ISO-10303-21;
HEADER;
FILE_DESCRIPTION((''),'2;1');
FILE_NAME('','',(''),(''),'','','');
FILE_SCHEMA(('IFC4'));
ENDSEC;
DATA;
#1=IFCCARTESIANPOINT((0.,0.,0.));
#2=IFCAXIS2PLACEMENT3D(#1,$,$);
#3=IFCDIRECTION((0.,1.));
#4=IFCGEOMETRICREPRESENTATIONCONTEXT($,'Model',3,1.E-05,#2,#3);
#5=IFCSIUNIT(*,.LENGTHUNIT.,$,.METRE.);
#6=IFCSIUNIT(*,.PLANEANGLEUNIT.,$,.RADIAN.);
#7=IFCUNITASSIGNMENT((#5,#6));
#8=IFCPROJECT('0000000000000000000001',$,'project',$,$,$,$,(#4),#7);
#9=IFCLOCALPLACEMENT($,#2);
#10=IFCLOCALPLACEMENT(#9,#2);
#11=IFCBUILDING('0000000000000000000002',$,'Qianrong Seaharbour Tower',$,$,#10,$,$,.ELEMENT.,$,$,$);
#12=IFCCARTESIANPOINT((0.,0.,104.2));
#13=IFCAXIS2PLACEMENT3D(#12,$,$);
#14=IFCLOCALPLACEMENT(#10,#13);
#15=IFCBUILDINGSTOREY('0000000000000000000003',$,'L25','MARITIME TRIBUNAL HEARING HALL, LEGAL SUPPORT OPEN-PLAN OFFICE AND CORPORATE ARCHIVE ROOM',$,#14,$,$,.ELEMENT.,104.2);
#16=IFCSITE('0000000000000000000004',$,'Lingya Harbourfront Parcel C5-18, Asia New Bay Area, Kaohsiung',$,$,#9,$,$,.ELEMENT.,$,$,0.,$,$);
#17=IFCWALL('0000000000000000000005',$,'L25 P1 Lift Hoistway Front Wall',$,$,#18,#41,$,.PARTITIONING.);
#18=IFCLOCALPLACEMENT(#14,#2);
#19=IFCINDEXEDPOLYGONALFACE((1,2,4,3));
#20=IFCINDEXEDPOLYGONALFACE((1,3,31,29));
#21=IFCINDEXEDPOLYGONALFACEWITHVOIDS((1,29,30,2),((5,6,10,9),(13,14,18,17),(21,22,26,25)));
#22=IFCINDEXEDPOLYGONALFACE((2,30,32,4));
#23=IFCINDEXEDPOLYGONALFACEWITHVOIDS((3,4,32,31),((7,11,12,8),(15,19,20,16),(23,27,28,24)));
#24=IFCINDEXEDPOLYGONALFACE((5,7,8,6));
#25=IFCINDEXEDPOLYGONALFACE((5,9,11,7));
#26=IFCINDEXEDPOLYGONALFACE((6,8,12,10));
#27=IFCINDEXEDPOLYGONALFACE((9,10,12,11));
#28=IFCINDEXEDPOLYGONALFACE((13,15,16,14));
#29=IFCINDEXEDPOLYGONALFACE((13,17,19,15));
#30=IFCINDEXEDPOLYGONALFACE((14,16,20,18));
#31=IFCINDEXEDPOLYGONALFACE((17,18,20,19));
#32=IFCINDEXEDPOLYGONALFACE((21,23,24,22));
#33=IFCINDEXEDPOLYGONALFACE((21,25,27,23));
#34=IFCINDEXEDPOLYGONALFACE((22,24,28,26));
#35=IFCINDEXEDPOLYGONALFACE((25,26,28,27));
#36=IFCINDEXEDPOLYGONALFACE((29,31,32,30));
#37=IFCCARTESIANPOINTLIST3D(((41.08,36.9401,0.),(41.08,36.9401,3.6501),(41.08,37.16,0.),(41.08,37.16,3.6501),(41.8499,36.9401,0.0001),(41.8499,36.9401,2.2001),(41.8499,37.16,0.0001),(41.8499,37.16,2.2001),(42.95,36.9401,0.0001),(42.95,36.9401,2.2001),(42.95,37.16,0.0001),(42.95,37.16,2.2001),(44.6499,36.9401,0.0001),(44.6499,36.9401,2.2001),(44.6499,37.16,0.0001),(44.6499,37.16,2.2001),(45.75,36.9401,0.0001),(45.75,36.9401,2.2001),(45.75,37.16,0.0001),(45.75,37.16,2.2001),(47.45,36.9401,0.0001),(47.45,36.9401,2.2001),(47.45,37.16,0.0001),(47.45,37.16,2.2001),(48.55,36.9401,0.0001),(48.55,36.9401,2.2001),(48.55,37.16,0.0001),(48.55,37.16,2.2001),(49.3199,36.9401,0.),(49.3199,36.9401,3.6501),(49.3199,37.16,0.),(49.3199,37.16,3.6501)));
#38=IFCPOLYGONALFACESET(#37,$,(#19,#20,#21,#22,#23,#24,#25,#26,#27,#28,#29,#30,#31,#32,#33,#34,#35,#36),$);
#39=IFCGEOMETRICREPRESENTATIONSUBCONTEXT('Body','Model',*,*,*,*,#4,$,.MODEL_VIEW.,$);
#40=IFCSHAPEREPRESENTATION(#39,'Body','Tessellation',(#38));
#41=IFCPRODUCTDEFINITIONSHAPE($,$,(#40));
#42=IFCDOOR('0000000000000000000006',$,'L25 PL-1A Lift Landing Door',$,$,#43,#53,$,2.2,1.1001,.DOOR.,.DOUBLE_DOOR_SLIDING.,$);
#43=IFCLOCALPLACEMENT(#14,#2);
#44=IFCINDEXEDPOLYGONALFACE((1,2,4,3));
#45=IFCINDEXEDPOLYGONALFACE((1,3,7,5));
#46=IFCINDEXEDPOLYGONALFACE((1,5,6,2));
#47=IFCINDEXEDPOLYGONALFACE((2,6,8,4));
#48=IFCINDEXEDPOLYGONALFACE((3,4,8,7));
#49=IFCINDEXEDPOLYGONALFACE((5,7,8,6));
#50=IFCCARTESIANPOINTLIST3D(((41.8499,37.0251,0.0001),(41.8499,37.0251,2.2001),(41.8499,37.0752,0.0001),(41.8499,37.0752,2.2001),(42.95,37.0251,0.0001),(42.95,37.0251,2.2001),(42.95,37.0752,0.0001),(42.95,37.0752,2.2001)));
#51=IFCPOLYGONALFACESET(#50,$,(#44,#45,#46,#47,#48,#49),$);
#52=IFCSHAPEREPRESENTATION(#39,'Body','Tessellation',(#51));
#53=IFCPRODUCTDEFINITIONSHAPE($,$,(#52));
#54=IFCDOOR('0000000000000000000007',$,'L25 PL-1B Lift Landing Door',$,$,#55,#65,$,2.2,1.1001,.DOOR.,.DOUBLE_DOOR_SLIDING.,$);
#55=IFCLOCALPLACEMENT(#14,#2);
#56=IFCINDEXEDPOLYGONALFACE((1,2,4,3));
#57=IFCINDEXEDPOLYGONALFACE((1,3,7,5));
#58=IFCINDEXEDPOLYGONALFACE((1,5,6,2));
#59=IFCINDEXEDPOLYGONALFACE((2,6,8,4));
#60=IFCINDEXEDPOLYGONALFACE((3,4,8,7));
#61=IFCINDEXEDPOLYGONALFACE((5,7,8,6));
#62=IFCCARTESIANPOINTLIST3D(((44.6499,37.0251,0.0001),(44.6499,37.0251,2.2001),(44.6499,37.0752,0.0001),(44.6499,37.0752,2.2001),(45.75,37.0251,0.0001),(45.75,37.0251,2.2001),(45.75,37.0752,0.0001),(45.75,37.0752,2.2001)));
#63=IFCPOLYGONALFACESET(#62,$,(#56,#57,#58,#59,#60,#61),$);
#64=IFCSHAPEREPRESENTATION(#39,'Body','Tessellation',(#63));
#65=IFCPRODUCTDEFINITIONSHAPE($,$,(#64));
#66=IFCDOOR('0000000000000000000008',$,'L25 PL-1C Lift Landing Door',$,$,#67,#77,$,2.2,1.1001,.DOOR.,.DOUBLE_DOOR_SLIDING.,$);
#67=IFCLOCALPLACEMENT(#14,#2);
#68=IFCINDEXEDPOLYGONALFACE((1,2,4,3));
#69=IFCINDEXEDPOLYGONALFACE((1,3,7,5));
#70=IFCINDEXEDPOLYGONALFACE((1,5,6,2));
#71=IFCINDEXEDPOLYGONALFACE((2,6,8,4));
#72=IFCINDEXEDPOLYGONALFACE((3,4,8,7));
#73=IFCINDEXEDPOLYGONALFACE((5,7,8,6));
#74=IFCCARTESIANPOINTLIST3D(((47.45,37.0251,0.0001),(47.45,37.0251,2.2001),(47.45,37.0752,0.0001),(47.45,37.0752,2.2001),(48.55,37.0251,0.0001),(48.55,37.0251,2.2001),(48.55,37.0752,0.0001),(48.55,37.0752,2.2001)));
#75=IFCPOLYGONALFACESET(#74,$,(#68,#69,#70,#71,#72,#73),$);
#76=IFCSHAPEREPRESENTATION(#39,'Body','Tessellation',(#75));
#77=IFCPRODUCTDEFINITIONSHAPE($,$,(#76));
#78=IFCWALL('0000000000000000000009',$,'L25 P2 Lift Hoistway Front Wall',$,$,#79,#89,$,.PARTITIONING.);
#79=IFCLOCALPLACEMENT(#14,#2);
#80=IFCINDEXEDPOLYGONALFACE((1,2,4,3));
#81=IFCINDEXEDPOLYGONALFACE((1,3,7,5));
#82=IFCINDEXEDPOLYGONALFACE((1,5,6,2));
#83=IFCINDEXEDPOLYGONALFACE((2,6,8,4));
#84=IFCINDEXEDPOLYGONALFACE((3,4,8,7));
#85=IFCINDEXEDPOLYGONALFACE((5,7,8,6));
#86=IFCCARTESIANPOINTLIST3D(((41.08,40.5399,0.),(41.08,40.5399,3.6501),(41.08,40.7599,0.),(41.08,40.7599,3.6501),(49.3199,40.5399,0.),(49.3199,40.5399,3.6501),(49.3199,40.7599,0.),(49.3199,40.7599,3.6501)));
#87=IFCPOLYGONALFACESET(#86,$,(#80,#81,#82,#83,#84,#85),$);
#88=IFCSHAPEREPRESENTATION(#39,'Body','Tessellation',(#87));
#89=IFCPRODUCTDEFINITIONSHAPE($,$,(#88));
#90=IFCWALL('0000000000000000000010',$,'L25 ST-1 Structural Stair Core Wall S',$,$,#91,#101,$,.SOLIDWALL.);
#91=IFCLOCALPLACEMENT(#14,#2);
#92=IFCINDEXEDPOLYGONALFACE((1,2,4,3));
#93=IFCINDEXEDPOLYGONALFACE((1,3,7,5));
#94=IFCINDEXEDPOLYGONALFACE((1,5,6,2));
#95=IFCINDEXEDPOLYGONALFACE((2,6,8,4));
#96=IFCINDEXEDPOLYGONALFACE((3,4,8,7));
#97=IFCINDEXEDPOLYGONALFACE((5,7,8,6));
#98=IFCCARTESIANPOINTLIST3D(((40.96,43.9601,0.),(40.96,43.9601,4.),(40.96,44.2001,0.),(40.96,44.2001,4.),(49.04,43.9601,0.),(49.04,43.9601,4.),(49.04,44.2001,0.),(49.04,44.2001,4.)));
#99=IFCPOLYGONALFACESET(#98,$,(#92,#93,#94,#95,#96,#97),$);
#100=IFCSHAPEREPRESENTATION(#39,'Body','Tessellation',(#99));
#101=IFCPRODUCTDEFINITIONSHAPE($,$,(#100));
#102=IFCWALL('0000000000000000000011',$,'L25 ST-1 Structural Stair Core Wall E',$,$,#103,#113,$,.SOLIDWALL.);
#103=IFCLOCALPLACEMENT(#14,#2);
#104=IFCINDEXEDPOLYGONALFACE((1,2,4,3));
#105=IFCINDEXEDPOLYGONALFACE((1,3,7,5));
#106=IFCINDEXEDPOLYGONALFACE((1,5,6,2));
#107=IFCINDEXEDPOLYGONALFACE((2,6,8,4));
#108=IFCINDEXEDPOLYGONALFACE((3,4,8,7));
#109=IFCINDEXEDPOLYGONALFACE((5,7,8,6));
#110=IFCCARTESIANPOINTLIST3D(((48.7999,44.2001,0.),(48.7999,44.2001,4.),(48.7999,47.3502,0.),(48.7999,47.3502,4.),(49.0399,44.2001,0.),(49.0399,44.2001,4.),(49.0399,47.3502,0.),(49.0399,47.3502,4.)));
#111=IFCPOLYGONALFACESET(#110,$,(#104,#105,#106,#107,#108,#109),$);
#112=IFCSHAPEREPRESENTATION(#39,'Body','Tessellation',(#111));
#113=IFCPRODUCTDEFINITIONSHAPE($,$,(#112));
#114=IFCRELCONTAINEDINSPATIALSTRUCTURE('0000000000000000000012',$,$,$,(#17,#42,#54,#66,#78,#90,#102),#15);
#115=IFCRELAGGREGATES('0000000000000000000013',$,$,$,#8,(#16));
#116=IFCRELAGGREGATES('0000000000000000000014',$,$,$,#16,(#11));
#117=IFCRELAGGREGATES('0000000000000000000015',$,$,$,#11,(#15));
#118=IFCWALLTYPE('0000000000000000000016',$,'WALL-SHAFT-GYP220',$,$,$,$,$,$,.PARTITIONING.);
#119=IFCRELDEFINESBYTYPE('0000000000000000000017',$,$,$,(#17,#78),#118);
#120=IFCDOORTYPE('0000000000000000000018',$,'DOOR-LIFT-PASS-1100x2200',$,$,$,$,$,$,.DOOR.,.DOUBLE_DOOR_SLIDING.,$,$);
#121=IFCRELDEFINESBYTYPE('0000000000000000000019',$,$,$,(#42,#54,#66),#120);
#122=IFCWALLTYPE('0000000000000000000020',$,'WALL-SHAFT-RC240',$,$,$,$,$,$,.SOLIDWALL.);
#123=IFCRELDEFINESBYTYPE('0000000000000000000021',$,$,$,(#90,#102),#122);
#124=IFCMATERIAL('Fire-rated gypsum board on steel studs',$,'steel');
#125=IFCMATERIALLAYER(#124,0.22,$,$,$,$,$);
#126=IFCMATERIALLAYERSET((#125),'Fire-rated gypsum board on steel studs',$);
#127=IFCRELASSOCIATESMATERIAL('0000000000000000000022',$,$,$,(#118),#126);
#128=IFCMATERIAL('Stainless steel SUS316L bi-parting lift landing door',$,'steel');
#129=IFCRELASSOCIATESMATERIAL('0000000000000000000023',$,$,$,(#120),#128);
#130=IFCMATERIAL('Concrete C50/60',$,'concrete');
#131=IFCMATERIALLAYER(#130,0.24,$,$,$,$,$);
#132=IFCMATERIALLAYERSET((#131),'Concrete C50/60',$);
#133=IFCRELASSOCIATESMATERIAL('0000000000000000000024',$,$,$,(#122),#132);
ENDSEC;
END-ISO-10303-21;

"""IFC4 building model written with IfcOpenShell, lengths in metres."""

from ifc_helpers import new_model, si_unit, direction, frame, frame_2d, origin, place, context, subcontext, project, spatial, rectangle, extrude, material, layer, layer_set, type_object, element, fill, save


model = new_model("IFC4")

# Units and contexts
model_context = context("Model", 3, precision=1e-05, world=origin(), true_north=direction((0.0, 1.0)))
body_context = subcontext(model_context, "Body", "Model", "MODEL_VIEW")
ifc_project = project(units=[si_unit("LENGTHUNIT", "METRE"), si_unit("PLANEANGLEUNIT", "RADIAN")], contexts=[model_context])

# Site, building, storey
site_placement = place(None, origin())
site = spatial("IfcSite", under=ifc_project, at=site_placement, Name="Lingya Harbourfront Parcel C5-18, Asia New Bay Area, Kaohsiung", CompositionType="ELEMENT", RefElevation=0.0)
building_placement = place(site_placement, origin())
building = spatial("IfcBuilding", under=site, at=building_placement, Name="Qianrong Seaharbour Tower", CompositionType="ELEMENT")
storey_placement = place(building_placement, frame((0.0, 0.0, 104.2)))
storey = spatial("IfcBuildingStorey", under=building, at=storey_placement, Name="L25", Description="MARITIME TRIBUNAL HEARING HALL, LEGAL SUPPORT OPEN-PLAN OFFICE AND CORPORATE ARCHIVE ROOM", CompositionType="ELEMENT", Elevation=104.2)

# Shared definitions
ifc_material_1 = material(Name="Fire-rated gypsum board on steel studs", Category="steel")

# Wall, openings, doors
ifc_layer_1 = layer(ifc_material_1, 0.22)
ifc_layer_set_1 = layer_set([ifc_layer_1], Name="Fire-rated gypsum board on steel studs")
wall_type_1 = type_object("IfcWallType", Name="WALL-SHAFT-GYP220", PredefinedType="PARTITIONING", material=ifc_layer_set_1)
wall_1_placement = place(storey_placement, frame((49.3201, 37.05, 0.0), z_axis=(0.0, 0.0, 1.0), x_axis=(-1.0, 0.0, 0.0)))
wall_1 = element("IfcWall", 1, at=wall_1_placement, inside=storey, type_object=wall_type_1, Name="L25 P1 Lift Hoistway Front Wall", PredefinedType="PARTITIONING", context=body_context, shape_type="SweptSolid", body=[
    extrude(rectangle(XDim=8.24, YDim=0.22, at=frame_2d((4.1201, 0.0))), origin(), (0.0, 0.0, 1.0), 3.6501),
])
opening_1_placement = place(wall_1_placement, frame((6.3701, 0.0, 0.0)))
opening_1 = element("IfcOpeningElement", 2, at=opening_1_placement, cuts=wall_1, PredefinedType="OPENING", context=body_context, shape_type="SweptSolid", body=[
    extrude(rectangle(XDim=1.1001, YDim=2.2, at=frame_2d((0.55, 1.1001))), frame((0.0, 0.1201, 0.0), z_axis=(0.0, -1.0, 0.0), x_axis=(1.0, 0.0, 0.0)), (0.0, 0.0, 1.0), 0.24),
])
opening_2_placement = place(wall_1_placement, frame((3.5701, 0.0, 0.0)))
opening_2 = element("IfcOpeningElement", 3, at=opening_2_placement, cuts=wall_1, PredefinedType="OPENING", context=body_context, shape_type="SweptSolid", body=[
    extrude(rectangle(XDim=1.1001, YDim=2.2, at=frame_2d((0.55, 1.1001))), frame((0.0, 0.1201, 0.0), z_axis=(0.0, -1.0, 0.0), x_axis=(1.0, 0.0, 0.0)), (0.0, 0.0, 1.0), 0.24),
])
opening_3_placement = place(wall_1_placement, frame((0.77, 0.0, 0.0)))
opening_3 = element("IfcOpeningElement", 4, at=opening_3_placement, cuts=wall_1, PredefinedType="OPENING", context=body_context, shape_type="SweptSolid", body=[
    extrude(rectangle(XDim=1.1001, YDim=2.2, at=frame_2d((0.55, 1.1001))), frame((0.0, 0.1201, 0.0), z_axis=(0.0, -1.0, 0.0), x_axis=(1.0, 0.0, 0.0)), (0.0, 0.0, 1.0), 0.24),
])
ifc_material_2 = material(Name="Stainless steel SUS316L bi-parting lift landing door", Category="steel")
door_type = type_object("IfcDoorType", Name="DOOR-LIFT-PASS-1100x2200", OperationType="DOUBLE_DOOR_SLIDING", PredefinedType="DOOR", material=ifc_material_2)
door_1_placement = place(opening_1_placement, origin())
door_1 = element("IfcDoor", 5, at=door_1_placement, inside=storey, type_object=door_type, Name="L25 PL-1A Lift Landing Door", OperationType="DOUBLE_DOOR_SLIDING", OverallHeight=2.2, OverallWidth=1.1001, PredefinedType="DOOR", context=body_context, shape_type="SweptSolid", body=[
    extrude(rectangle(XDim=1.1001, YDim=2.2, at=frame_2d((0.55, 1.1001))), frame((0.0, 0.0249, 0.0), z_axis=(0.0, -1.0, 0.0), x_axis=(1.0, 0.0, 0.0)), (0.0, 0.0, 1.0), 0.05),
])
fill(opening_1, door_1)
door_2_placement = place(opening_2_placement, origin())
door_2 = element("IfcDoor", 6, at=door_2_placement, inside=storey, type_object=door_type, Name="L25 PL-1B Lift Landing Door", OperationType="DOUBLE_DOOR_SLIDING", OverallHeight=2.2, OverallWidth=1.1001, PredefinedType="DOOR", context=body_context, shape_type="SweptSolid", body=[
    extrude(rectangle(XDim=1.1001, YDim=2.2, at=frame_2d((0.55, 1.1001))), frame((0.0, 0.0249, 0.0), z_axis=(0.0, -1.0, 0.0), x_axis=(1.0, 0.0, 0.0)), (0.0, 0.0, 1.0), 0.05),
])
fill(opening_2, door_2)
door_3_placement = place(opening_3_placement, origin())
door_3 = element("IfcDoor", 7, at=door_3_placement, inside=storey, type_object=door_type, Name="L25 PL-1C Lift Landing Door", OperationType="DOUBLE_DOOR_SLIDING", OverallHeight=2.2, OverallWidth=1.1001, PredefinedType="DOOR", context=body_context, shape_type="SweptSolid", body=[
    extrude(rectangle(XDim=1.1001, YDim=2.2, at=frame_2d((0.55, 1.1001))), frame((0.0, 0.0249, 0.0), z_axis=(0.0, -1.0, 0.0), x_axis=(1.0, 0.0, 0.0)), (0.0, 0.0, 1.0), 0.05),
])
fill(opening_3, door_3)

# Walls
wall_2_placement = place(storey_placement, frame((49.3201, 40.6499, 0.0), z_axis=(0.0, 0.0, 1.0), x_axis=(-1.0, 0.0, 0.0)))
element("IfcWall", 8, at=wall_2_placement, inside=storey, type_object=wall_type_1, Name="L25 P2 Lift Hoistway Front Wall", PredefinedType="PARTITIONING", context=body_context, shape_type="SweptSolid", body=[
    extrude(rectangle(XDim=8.24, YDim=0.22, at=frame_2d((4.1201, 0.0))), origin(), (0.0, 0.0, 1.0), 3.6501),
])
ifc_material_3 = material(Name="Concrete C50/60", Category="concrete")
ifc_layer_2 = layer(ifc_material_3, 0.24)
ifc_layer_set_2 = layer_set([ifc_layer_2], Name="Concrete C50/60")
wall_type_2 = type_object("IfcWallType", Name="WALL-SHAFT-RC240", PredefinedType="SOLIDWALL", material=ifc_layer_set_2)
wall_3_placement = place(storey_placement, frame((49.04, 44.0801, 0.0), z_axis=(0.0, 0.0, 1.0), x_axis=(-1.0, 0.0, 0.0)))
element("IfcWall", 9, at=wall_3_placement, inside=storey, type_object=wall_type_2, Name="L25 ST-1 Structural Stair Core Wall S", PredefinedType="SOLIDWALL", context=body_context, shape_type="SweptSolid", body=[
    extrude(rectangle(XDim=8.0801, YDim=0.24, at=frame_2d((4.04, 0.0))), origin(), (0.0, 0.0, 1.0), 4.0),
])
wall_4_placement = place(storey_placement, frame((48.9199, 44.2, 0.0), z_axis=(0.0, 0.0, 1.0), x_axis=(0.0, 1.0, 0.0)))
element("IfcWall", 10, at=wall_4_placement, inside=storey, type_object=wall_type_2, Name="L25 ST-1 Structural Stair Core Wall E", PredefinedType="SOLIDWALL", context=body_context, shape_type="SweptSolid", body=[
    extrude(rectangle(XDim=3.1501, YDim=0.24, at=frame_2d((1.5752, 0.0))), origin(), (0.0, 0.0, 1.0), 4.0),
])

save(model, "model.ifc")
